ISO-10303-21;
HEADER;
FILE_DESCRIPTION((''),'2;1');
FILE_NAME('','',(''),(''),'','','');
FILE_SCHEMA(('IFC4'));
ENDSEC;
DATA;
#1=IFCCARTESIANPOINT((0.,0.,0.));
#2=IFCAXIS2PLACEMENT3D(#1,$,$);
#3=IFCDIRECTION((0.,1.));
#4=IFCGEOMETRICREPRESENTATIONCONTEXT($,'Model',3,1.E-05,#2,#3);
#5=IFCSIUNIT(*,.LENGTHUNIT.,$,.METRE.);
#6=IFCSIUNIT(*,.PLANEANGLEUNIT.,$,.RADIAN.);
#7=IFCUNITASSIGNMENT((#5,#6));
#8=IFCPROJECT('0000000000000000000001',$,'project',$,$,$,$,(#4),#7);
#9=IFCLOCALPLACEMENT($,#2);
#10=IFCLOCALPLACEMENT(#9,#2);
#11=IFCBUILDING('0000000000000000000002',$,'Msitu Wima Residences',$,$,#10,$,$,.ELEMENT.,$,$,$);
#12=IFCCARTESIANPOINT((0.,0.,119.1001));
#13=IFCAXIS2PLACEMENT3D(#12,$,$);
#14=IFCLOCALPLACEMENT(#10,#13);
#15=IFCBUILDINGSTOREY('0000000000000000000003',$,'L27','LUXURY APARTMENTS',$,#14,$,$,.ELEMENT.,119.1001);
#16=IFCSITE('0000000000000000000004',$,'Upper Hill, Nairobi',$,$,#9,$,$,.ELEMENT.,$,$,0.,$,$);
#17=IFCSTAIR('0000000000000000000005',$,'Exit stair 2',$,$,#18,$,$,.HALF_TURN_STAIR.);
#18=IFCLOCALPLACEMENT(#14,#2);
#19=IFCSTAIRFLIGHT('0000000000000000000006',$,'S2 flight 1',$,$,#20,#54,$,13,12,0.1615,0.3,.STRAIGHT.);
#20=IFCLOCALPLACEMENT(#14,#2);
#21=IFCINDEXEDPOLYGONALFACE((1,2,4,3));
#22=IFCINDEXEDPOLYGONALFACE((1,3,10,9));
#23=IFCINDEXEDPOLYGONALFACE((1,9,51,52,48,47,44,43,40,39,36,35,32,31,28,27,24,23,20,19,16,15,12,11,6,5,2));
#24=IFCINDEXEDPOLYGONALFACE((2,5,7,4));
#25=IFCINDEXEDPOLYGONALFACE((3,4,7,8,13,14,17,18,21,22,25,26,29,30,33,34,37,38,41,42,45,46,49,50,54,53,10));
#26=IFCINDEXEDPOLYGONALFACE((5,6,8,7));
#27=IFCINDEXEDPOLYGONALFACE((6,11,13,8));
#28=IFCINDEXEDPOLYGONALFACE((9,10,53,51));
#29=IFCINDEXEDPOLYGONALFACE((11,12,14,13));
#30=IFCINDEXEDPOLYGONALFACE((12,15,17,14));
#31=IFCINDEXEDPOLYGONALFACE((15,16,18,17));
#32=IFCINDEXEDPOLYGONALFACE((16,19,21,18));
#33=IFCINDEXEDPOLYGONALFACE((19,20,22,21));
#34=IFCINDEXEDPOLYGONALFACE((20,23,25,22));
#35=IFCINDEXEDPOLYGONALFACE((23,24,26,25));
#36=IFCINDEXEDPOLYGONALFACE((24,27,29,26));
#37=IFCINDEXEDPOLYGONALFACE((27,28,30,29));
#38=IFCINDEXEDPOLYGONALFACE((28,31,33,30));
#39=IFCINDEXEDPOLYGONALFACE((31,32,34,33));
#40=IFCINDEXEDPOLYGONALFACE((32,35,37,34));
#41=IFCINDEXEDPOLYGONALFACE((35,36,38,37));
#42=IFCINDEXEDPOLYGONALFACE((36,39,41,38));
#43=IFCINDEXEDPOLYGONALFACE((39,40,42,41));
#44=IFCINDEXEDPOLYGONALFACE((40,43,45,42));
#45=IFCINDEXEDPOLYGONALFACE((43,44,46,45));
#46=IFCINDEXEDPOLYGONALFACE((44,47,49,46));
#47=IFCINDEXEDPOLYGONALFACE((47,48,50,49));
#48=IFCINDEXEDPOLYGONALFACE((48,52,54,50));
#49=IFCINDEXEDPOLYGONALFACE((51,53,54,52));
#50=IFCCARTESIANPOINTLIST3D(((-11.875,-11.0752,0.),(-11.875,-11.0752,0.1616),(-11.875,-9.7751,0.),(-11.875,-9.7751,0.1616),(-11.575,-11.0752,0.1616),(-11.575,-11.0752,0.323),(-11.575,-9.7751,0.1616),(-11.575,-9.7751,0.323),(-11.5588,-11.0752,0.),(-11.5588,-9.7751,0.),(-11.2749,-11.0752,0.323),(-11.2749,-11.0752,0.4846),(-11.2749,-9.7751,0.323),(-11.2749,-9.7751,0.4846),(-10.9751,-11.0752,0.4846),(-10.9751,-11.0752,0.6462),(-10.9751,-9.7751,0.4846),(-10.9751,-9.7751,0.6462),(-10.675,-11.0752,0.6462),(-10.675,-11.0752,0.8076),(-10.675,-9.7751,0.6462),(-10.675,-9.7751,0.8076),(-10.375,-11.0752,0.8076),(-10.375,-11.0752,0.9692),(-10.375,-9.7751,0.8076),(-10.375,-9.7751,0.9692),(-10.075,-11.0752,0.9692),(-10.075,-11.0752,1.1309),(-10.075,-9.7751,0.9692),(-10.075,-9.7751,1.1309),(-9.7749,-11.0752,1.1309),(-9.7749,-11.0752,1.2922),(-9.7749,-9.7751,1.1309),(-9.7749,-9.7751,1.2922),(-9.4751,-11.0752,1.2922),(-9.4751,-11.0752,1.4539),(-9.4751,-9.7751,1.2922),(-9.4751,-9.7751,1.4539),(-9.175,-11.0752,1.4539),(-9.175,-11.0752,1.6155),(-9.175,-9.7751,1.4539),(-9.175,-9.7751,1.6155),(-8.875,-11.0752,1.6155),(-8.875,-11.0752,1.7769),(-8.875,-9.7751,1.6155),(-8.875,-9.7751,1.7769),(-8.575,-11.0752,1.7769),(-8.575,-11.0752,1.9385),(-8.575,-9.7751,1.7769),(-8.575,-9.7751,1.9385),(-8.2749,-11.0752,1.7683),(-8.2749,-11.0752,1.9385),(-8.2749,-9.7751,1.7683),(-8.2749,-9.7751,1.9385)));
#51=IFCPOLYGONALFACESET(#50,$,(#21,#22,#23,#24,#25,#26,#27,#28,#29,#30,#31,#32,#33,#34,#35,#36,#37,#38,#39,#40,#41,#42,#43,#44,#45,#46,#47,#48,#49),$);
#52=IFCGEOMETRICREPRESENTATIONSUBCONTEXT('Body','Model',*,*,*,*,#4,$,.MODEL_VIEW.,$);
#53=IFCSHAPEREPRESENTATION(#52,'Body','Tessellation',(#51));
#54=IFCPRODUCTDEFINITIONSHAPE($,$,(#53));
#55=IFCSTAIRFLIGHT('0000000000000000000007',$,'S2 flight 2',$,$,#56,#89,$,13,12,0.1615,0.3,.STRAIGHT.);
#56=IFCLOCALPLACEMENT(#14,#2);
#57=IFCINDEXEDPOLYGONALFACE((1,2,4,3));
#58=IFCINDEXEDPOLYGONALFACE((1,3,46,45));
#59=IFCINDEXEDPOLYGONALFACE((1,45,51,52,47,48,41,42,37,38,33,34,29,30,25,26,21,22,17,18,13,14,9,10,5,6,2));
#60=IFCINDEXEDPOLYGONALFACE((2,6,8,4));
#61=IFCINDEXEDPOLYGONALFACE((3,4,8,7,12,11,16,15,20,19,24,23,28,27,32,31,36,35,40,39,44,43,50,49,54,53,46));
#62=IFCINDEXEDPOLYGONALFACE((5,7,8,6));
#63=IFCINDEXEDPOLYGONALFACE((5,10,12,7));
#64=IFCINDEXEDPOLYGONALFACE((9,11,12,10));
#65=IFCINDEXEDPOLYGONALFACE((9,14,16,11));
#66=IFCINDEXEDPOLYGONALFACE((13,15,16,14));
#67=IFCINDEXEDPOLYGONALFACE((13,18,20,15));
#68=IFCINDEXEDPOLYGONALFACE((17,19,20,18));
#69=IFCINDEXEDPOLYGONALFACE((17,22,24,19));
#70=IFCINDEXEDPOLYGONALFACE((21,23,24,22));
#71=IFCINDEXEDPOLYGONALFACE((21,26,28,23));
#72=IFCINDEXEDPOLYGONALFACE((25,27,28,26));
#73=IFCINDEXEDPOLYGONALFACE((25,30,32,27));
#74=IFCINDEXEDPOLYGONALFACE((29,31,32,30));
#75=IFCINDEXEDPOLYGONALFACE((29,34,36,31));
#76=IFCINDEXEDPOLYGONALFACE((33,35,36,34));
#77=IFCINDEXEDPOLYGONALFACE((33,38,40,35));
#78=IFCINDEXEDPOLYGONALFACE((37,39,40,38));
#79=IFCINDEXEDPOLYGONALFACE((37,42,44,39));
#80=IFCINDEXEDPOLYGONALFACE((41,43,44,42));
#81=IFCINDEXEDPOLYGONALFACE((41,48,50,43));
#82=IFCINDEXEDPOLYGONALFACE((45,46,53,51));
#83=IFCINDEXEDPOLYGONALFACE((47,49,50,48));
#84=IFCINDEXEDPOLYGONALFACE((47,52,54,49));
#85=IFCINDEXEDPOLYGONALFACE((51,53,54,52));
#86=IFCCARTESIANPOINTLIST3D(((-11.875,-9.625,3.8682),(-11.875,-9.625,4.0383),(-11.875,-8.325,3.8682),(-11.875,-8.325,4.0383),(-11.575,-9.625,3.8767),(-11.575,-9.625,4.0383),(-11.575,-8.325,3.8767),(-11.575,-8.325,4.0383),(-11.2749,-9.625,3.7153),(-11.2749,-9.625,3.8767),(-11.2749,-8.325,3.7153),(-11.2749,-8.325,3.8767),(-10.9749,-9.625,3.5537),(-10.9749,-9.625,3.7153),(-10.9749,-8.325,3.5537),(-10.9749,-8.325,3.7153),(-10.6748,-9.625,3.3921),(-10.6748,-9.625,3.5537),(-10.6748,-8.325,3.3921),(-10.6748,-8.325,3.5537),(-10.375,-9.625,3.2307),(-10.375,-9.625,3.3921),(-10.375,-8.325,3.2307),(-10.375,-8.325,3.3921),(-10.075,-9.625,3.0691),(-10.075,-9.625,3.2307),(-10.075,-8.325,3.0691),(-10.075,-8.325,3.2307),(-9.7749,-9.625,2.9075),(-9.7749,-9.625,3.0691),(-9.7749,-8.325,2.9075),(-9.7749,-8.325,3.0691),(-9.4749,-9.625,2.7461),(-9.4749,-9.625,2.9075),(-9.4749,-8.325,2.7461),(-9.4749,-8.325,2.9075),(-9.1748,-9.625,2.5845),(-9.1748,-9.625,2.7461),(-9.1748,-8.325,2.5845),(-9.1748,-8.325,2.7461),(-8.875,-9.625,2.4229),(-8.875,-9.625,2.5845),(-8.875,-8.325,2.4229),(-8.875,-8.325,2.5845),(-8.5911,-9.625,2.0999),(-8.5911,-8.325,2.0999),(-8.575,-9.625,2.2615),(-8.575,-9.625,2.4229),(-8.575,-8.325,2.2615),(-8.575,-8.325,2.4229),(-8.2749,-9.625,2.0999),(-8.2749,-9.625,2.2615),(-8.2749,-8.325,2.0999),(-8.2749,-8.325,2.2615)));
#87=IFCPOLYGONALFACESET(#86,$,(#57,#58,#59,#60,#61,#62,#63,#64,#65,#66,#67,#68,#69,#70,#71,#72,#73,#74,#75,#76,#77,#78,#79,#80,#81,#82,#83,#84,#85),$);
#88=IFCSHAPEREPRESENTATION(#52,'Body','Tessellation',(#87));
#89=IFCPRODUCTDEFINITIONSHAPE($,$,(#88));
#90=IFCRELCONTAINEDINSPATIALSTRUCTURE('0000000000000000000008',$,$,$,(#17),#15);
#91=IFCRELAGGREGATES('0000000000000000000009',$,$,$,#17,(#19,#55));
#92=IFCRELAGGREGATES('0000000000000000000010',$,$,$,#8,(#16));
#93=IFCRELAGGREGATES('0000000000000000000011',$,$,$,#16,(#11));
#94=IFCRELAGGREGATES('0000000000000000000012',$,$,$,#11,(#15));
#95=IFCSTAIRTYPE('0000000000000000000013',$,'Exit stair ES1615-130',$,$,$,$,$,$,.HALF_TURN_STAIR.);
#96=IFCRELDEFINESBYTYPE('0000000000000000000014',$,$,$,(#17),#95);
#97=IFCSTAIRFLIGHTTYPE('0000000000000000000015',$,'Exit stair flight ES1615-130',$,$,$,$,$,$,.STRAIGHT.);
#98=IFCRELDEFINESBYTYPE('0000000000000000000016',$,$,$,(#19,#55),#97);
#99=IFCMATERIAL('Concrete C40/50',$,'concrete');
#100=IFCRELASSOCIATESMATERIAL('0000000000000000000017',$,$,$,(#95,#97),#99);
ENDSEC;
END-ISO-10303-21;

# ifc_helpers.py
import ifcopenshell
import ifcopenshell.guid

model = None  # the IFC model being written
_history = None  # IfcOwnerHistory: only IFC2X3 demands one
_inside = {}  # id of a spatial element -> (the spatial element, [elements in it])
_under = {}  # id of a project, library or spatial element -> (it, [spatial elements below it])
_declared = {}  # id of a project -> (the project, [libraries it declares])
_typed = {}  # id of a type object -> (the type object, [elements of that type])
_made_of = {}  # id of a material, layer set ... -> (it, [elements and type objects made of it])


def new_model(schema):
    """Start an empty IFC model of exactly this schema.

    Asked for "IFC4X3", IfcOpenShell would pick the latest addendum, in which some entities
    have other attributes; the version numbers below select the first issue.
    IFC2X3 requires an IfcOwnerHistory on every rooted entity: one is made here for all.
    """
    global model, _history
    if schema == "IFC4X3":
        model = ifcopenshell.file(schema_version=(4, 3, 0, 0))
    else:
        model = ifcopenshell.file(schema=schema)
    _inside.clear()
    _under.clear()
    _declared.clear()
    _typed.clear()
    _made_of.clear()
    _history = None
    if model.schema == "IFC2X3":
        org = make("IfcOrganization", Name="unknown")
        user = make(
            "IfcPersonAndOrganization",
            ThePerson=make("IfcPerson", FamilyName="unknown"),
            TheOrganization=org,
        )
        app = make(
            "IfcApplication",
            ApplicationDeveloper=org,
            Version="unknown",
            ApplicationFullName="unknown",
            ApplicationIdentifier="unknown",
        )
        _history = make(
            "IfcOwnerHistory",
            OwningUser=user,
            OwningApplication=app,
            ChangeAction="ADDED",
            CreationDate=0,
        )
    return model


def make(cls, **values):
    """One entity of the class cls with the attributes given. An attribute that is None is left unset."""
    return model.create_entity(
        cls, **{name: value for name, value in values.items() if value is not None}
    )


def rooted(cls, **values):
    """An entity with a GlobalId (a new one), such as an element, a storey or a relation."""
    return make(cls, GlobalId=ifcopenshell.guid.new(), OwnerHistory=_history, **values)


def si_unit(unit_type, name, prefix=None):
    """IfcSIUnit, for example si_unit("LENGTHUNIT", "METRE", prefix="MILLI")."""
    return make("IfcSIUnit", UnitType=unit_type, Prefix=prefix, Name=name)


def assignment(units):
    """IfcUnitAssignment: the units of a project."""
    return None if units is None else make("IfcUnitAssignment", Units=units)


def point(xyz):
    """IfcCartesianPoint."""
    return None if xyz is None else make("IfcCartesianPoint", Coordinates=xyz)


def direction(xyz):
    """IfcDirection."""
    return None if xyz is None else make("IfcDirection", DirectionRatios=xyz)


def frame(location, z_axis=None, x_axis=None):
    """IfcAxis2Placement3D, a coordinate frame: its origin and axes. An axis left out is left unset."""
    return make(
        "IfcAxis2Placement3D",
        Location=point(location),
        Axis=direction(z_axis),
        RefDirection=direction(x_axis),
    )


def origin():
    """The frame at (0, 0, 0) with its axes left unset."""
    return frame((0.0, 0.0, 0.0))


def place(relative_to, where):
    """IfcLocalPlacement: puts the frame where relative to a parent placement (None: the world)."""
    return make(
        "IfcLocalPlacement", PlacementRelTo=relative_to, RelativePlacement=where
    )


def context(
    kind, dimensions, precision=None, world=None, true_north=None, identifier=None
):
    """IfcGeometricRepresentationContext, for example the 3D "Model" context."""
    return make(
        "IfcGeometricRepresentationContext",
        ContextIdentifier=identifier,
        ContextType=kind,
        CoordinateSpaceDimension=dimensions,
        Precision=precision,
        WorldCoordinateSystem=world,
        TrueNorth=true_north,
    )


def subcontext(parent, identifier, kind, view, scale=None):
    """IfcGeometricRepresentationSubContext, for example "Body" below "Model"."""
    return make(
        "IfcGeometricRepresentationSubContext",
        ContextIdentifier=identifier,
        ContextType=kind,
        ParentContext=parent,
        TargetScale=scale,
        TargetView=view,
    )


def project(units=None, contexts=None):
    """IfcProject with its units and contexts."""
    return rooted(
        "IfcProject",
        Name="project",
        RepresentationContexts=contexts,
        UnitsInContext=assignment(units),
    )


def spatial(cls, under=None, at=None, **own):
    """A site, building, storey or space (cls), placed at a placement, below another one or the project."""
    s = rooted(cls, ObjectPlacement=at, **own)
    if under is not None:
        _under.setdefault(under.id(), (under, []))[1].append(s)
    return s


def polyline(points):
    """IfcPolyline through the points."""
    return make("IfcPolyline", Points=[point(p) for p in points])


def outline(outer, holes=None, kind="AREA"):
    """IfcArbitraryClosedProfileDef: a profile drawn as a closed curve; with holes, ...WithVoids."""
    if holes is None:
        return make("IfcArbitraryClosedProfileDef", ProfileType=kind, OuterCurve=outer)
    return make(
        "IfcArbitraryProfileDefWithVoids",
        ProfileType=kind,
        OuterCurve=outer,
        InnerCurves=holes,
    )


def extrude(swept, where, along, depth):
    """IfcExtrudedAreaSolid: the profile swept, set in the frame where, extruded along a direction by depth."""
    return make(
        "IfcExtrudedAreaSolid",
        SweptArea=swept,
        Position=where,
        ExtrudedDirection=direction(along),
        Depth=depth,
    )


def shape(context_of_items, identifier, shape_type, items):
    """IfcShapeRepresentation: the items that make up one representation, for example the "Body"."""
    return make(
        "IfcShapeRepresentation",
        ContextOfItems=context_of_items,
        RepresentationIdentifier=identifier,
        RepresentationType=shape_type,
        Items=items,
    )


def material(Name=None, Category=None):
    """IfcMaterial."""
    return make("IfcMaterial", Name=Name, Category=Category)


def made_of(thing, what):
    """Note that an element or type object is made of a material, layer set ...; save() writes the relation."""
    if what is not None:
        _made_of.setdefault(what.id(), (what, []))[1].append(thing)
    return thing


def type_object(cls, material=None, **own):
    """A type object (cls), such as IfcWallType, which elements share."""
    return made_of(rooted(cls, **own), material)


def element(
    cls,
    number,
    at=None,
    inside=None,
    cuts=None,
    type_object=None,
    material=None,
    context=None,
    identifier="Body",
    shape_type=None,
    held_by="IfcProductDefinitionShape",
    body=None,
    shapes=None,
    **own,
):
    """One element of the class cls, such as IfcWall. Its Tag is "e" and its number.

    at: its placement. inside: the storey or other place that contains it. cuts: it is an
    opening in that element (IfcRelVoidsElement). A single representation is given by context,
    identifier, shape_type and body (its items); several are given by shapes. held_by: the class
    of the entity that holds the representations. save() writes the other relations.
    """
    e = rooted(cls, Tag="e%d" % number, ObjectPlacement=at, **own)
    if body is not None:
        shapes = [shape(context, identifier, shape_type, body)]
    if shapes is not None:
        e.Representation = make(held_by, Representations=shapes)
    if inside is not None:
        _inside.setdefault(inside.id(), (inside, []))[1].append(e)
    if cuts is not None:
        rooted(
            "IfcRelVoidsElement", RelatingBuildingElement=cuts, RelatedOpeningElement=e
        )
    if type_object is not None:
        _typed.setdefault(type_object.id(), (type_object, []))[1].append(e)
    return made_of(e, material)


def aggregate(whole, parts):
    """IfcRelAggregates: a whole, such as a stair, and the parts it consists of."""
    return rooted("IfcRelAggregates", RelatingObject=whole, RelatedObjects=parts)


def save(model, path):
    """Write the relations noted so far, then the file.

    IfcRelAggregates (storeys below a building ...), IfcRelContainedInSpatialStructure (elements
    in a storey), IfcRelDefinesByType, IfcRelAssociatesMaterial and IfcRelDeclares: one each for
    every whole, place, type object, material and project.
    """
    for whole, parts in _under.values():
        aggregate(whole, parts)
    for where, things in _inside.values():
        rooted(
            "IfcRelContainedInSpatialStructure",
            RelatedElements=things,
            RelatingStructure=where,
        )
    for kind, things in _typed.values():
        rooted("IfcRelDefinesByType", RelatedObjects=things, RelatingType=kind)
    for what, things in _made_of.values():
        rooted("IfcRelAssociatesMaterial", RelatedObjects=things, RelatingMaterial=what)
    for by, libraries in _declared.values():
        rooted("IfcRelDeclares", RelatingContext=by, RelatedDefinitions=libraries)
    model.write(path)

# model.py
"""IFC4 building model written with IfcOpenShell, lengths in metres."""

from ifc_helpers import new_model, si_unit, direction, frame, origin, place, context, subcontext, project, spatial, polyline, outline, extrude, material, type_object, element, aggregate, save


model = new_model("IFC4")

# Units and contexts
model_context = context("Model", 3, precision=1e-05, world=origin(), true_north=direction((0.0, 1.0)))
body_context = subcontext(model_context, "Body", "Model", "MODEL_VIEW")
ifc_project = project(units=[si_unit("LENGTHUNIT", "METRE"), si_unit("PLANEANGLEUNIT", "RADIAN")], contexts=[model_context])

# Site, building, storey
site_placement = place(None, origin())
site = spatial("IfcSite", under=ifc_project, at=site_placement, Name="Upper Hill, Nairobi", CompositionType="ELEMENT", RefElevation=0.0)
building_placement = place(site_placement, origin())
building = spatial("IfcBuilding", under=site, at=building_placement, Name="Msitu Wima Residences", CompositionType="ELEMENT")
storey_placement = place(building_placement, frame((0.0, 0.0, 119.1001)))
storey = spatial("IfcBuildingStorey", under=building, at=storey_placement, Name="L27", Description="LUXURY APARTMENTS", CompositionType="ELEMENT", Elevation=119.1001)

# Shared definitions
ifc_material_1 = material(Name="Concrete C40/50", Category="concrete")

# Stair, stair flights
stair_type = type_object("IfcStairType", Name="Exit stair ES1615-130", PredefinedType="HALF_TURN_STAIR", material=ifc_material_1)
stair_placement = place(storey_placement, origin())
stair = element("IfcStair", 1, at=stair_placement, inside=storey, type_object=stair_type, Name="Exit stair 2", PredefinedType="HALF_TURN_STAIR")
stair_flight_type = type_object("IfcStairFlightType", Name="Exit stair flight ES1615-130", PredefinedType="STRAIGHT", material=ifc_material_1)
stair_flight_1_placement = place(storey_placement, frame((-11.875, -10.425, 0.0), z_axis=(0.0, 0.0, 1.0), x_axis=(1.0, 0.0, 0.0)))
stair_flight_1 = element("IfcStairFlight", 2, at=stair_flight_1_placement, type_object=stair_flight_type, Name="S2 flight 1", NumberOfRisers=13, NumberOfTreads=12, PredefinedType="STRAIGHT", RiserHeight=0.1615, TreadLength=0.3, context=body_context, shape_type="SweptSolid", body=[
    extrude(outline(polyline([(0.0, 0.0), (0.0, 0.1616), (0.3, 0.1616), (0.3, 0.323), (0.6001, 0.323), (0.6001, 0.4846), (0.8999, 0.4846), (0.8999, 0.6462), (1.2, 0.6462), (1.2, 0.8076), (1.5, 0.8076), (1.5, 0.9692), (1.8, 0.9692), (1.8, 1.1309), (2.1001, 1.1309), (2.1001, 1.2922), (2.3999, 1.2922), (2.3999, 1.4539), (2.7, 1.4539), (2.7, 1.6155), (3.0, 1.6155), (3.0, 1.7769), (3.3, 1.7769), (3.3, 1.9385), (3.6001, 1.9385), (3.6001, 2.1001), (3.6001, 1.7683), (0.3162, 0.0), (0.0, 0.0)])), frame((0.0, 0.6499, 0.0), z_axis=(0.0, -1.0, 0.0), x_axis=(1.0, 0.0, 0.0)), (0.0, 0.0, 1.0), 1.3),
])
stair_flight_2_placement = place(storey_placement, frame((-8.2749, -8.9751, 2.0999), z_axis=(0.0, 0.0, 1.0), x_axis=(-1.0, 0.0, 0.0)))
stair_flight_2 = element("IfcStairFlight", 3, at=stair_flight_2_placement, type_object=stair_flight_type, Name="S2 flight 2", NumberOfRisers=13, NumberOfTreads=12, PredefinedType="STRAIGHT", RiserHeight=0.1615, TreadLength=0.3, context=body_context, shape_type="SweptSolid", body=[
    extrude(outline(polyline([(0.0, 0.0), (0.0, 0.1616), (0.3, 0.1616), (0.3, 0.323), (0.6001, 0.323), (0.6001, 0.4846), (0.8999, 0.4846), (0.8999, 0.6462), (1.2, 0.6462), (1.2, 0.8076), (1.5, 0.8076), (1.5, 0.9692), (1.8, 0.9692), (1.8, 1.1309), (2.1001, 1.1309), (2.1001, 1.2922), (2.3999, 1.2922), (2.3999, 1.4539), (2.7, 1.4539), (2.7, 1.6155), (3.0, 1.6155), (3.0, 1.7769), (3.3, 1.7769), (3.3, 1.9385), (3.6001, 1.9385), (3.6001, 2.1001), (3.6001, 1.7683), (0.3162, 0.0), (0.0, 0.0)])), frame((0.0, 0.6499, 0.0), z_axis=(0.0, -1.0, 0.0), x_axis=(1.0, 0.0, 0.0)), (0.0, 0.0, 1.0), 1.3),
])
aggregate(stair, [stair_flight_1, stair_flight_2])

save(model, "model.ifc")
